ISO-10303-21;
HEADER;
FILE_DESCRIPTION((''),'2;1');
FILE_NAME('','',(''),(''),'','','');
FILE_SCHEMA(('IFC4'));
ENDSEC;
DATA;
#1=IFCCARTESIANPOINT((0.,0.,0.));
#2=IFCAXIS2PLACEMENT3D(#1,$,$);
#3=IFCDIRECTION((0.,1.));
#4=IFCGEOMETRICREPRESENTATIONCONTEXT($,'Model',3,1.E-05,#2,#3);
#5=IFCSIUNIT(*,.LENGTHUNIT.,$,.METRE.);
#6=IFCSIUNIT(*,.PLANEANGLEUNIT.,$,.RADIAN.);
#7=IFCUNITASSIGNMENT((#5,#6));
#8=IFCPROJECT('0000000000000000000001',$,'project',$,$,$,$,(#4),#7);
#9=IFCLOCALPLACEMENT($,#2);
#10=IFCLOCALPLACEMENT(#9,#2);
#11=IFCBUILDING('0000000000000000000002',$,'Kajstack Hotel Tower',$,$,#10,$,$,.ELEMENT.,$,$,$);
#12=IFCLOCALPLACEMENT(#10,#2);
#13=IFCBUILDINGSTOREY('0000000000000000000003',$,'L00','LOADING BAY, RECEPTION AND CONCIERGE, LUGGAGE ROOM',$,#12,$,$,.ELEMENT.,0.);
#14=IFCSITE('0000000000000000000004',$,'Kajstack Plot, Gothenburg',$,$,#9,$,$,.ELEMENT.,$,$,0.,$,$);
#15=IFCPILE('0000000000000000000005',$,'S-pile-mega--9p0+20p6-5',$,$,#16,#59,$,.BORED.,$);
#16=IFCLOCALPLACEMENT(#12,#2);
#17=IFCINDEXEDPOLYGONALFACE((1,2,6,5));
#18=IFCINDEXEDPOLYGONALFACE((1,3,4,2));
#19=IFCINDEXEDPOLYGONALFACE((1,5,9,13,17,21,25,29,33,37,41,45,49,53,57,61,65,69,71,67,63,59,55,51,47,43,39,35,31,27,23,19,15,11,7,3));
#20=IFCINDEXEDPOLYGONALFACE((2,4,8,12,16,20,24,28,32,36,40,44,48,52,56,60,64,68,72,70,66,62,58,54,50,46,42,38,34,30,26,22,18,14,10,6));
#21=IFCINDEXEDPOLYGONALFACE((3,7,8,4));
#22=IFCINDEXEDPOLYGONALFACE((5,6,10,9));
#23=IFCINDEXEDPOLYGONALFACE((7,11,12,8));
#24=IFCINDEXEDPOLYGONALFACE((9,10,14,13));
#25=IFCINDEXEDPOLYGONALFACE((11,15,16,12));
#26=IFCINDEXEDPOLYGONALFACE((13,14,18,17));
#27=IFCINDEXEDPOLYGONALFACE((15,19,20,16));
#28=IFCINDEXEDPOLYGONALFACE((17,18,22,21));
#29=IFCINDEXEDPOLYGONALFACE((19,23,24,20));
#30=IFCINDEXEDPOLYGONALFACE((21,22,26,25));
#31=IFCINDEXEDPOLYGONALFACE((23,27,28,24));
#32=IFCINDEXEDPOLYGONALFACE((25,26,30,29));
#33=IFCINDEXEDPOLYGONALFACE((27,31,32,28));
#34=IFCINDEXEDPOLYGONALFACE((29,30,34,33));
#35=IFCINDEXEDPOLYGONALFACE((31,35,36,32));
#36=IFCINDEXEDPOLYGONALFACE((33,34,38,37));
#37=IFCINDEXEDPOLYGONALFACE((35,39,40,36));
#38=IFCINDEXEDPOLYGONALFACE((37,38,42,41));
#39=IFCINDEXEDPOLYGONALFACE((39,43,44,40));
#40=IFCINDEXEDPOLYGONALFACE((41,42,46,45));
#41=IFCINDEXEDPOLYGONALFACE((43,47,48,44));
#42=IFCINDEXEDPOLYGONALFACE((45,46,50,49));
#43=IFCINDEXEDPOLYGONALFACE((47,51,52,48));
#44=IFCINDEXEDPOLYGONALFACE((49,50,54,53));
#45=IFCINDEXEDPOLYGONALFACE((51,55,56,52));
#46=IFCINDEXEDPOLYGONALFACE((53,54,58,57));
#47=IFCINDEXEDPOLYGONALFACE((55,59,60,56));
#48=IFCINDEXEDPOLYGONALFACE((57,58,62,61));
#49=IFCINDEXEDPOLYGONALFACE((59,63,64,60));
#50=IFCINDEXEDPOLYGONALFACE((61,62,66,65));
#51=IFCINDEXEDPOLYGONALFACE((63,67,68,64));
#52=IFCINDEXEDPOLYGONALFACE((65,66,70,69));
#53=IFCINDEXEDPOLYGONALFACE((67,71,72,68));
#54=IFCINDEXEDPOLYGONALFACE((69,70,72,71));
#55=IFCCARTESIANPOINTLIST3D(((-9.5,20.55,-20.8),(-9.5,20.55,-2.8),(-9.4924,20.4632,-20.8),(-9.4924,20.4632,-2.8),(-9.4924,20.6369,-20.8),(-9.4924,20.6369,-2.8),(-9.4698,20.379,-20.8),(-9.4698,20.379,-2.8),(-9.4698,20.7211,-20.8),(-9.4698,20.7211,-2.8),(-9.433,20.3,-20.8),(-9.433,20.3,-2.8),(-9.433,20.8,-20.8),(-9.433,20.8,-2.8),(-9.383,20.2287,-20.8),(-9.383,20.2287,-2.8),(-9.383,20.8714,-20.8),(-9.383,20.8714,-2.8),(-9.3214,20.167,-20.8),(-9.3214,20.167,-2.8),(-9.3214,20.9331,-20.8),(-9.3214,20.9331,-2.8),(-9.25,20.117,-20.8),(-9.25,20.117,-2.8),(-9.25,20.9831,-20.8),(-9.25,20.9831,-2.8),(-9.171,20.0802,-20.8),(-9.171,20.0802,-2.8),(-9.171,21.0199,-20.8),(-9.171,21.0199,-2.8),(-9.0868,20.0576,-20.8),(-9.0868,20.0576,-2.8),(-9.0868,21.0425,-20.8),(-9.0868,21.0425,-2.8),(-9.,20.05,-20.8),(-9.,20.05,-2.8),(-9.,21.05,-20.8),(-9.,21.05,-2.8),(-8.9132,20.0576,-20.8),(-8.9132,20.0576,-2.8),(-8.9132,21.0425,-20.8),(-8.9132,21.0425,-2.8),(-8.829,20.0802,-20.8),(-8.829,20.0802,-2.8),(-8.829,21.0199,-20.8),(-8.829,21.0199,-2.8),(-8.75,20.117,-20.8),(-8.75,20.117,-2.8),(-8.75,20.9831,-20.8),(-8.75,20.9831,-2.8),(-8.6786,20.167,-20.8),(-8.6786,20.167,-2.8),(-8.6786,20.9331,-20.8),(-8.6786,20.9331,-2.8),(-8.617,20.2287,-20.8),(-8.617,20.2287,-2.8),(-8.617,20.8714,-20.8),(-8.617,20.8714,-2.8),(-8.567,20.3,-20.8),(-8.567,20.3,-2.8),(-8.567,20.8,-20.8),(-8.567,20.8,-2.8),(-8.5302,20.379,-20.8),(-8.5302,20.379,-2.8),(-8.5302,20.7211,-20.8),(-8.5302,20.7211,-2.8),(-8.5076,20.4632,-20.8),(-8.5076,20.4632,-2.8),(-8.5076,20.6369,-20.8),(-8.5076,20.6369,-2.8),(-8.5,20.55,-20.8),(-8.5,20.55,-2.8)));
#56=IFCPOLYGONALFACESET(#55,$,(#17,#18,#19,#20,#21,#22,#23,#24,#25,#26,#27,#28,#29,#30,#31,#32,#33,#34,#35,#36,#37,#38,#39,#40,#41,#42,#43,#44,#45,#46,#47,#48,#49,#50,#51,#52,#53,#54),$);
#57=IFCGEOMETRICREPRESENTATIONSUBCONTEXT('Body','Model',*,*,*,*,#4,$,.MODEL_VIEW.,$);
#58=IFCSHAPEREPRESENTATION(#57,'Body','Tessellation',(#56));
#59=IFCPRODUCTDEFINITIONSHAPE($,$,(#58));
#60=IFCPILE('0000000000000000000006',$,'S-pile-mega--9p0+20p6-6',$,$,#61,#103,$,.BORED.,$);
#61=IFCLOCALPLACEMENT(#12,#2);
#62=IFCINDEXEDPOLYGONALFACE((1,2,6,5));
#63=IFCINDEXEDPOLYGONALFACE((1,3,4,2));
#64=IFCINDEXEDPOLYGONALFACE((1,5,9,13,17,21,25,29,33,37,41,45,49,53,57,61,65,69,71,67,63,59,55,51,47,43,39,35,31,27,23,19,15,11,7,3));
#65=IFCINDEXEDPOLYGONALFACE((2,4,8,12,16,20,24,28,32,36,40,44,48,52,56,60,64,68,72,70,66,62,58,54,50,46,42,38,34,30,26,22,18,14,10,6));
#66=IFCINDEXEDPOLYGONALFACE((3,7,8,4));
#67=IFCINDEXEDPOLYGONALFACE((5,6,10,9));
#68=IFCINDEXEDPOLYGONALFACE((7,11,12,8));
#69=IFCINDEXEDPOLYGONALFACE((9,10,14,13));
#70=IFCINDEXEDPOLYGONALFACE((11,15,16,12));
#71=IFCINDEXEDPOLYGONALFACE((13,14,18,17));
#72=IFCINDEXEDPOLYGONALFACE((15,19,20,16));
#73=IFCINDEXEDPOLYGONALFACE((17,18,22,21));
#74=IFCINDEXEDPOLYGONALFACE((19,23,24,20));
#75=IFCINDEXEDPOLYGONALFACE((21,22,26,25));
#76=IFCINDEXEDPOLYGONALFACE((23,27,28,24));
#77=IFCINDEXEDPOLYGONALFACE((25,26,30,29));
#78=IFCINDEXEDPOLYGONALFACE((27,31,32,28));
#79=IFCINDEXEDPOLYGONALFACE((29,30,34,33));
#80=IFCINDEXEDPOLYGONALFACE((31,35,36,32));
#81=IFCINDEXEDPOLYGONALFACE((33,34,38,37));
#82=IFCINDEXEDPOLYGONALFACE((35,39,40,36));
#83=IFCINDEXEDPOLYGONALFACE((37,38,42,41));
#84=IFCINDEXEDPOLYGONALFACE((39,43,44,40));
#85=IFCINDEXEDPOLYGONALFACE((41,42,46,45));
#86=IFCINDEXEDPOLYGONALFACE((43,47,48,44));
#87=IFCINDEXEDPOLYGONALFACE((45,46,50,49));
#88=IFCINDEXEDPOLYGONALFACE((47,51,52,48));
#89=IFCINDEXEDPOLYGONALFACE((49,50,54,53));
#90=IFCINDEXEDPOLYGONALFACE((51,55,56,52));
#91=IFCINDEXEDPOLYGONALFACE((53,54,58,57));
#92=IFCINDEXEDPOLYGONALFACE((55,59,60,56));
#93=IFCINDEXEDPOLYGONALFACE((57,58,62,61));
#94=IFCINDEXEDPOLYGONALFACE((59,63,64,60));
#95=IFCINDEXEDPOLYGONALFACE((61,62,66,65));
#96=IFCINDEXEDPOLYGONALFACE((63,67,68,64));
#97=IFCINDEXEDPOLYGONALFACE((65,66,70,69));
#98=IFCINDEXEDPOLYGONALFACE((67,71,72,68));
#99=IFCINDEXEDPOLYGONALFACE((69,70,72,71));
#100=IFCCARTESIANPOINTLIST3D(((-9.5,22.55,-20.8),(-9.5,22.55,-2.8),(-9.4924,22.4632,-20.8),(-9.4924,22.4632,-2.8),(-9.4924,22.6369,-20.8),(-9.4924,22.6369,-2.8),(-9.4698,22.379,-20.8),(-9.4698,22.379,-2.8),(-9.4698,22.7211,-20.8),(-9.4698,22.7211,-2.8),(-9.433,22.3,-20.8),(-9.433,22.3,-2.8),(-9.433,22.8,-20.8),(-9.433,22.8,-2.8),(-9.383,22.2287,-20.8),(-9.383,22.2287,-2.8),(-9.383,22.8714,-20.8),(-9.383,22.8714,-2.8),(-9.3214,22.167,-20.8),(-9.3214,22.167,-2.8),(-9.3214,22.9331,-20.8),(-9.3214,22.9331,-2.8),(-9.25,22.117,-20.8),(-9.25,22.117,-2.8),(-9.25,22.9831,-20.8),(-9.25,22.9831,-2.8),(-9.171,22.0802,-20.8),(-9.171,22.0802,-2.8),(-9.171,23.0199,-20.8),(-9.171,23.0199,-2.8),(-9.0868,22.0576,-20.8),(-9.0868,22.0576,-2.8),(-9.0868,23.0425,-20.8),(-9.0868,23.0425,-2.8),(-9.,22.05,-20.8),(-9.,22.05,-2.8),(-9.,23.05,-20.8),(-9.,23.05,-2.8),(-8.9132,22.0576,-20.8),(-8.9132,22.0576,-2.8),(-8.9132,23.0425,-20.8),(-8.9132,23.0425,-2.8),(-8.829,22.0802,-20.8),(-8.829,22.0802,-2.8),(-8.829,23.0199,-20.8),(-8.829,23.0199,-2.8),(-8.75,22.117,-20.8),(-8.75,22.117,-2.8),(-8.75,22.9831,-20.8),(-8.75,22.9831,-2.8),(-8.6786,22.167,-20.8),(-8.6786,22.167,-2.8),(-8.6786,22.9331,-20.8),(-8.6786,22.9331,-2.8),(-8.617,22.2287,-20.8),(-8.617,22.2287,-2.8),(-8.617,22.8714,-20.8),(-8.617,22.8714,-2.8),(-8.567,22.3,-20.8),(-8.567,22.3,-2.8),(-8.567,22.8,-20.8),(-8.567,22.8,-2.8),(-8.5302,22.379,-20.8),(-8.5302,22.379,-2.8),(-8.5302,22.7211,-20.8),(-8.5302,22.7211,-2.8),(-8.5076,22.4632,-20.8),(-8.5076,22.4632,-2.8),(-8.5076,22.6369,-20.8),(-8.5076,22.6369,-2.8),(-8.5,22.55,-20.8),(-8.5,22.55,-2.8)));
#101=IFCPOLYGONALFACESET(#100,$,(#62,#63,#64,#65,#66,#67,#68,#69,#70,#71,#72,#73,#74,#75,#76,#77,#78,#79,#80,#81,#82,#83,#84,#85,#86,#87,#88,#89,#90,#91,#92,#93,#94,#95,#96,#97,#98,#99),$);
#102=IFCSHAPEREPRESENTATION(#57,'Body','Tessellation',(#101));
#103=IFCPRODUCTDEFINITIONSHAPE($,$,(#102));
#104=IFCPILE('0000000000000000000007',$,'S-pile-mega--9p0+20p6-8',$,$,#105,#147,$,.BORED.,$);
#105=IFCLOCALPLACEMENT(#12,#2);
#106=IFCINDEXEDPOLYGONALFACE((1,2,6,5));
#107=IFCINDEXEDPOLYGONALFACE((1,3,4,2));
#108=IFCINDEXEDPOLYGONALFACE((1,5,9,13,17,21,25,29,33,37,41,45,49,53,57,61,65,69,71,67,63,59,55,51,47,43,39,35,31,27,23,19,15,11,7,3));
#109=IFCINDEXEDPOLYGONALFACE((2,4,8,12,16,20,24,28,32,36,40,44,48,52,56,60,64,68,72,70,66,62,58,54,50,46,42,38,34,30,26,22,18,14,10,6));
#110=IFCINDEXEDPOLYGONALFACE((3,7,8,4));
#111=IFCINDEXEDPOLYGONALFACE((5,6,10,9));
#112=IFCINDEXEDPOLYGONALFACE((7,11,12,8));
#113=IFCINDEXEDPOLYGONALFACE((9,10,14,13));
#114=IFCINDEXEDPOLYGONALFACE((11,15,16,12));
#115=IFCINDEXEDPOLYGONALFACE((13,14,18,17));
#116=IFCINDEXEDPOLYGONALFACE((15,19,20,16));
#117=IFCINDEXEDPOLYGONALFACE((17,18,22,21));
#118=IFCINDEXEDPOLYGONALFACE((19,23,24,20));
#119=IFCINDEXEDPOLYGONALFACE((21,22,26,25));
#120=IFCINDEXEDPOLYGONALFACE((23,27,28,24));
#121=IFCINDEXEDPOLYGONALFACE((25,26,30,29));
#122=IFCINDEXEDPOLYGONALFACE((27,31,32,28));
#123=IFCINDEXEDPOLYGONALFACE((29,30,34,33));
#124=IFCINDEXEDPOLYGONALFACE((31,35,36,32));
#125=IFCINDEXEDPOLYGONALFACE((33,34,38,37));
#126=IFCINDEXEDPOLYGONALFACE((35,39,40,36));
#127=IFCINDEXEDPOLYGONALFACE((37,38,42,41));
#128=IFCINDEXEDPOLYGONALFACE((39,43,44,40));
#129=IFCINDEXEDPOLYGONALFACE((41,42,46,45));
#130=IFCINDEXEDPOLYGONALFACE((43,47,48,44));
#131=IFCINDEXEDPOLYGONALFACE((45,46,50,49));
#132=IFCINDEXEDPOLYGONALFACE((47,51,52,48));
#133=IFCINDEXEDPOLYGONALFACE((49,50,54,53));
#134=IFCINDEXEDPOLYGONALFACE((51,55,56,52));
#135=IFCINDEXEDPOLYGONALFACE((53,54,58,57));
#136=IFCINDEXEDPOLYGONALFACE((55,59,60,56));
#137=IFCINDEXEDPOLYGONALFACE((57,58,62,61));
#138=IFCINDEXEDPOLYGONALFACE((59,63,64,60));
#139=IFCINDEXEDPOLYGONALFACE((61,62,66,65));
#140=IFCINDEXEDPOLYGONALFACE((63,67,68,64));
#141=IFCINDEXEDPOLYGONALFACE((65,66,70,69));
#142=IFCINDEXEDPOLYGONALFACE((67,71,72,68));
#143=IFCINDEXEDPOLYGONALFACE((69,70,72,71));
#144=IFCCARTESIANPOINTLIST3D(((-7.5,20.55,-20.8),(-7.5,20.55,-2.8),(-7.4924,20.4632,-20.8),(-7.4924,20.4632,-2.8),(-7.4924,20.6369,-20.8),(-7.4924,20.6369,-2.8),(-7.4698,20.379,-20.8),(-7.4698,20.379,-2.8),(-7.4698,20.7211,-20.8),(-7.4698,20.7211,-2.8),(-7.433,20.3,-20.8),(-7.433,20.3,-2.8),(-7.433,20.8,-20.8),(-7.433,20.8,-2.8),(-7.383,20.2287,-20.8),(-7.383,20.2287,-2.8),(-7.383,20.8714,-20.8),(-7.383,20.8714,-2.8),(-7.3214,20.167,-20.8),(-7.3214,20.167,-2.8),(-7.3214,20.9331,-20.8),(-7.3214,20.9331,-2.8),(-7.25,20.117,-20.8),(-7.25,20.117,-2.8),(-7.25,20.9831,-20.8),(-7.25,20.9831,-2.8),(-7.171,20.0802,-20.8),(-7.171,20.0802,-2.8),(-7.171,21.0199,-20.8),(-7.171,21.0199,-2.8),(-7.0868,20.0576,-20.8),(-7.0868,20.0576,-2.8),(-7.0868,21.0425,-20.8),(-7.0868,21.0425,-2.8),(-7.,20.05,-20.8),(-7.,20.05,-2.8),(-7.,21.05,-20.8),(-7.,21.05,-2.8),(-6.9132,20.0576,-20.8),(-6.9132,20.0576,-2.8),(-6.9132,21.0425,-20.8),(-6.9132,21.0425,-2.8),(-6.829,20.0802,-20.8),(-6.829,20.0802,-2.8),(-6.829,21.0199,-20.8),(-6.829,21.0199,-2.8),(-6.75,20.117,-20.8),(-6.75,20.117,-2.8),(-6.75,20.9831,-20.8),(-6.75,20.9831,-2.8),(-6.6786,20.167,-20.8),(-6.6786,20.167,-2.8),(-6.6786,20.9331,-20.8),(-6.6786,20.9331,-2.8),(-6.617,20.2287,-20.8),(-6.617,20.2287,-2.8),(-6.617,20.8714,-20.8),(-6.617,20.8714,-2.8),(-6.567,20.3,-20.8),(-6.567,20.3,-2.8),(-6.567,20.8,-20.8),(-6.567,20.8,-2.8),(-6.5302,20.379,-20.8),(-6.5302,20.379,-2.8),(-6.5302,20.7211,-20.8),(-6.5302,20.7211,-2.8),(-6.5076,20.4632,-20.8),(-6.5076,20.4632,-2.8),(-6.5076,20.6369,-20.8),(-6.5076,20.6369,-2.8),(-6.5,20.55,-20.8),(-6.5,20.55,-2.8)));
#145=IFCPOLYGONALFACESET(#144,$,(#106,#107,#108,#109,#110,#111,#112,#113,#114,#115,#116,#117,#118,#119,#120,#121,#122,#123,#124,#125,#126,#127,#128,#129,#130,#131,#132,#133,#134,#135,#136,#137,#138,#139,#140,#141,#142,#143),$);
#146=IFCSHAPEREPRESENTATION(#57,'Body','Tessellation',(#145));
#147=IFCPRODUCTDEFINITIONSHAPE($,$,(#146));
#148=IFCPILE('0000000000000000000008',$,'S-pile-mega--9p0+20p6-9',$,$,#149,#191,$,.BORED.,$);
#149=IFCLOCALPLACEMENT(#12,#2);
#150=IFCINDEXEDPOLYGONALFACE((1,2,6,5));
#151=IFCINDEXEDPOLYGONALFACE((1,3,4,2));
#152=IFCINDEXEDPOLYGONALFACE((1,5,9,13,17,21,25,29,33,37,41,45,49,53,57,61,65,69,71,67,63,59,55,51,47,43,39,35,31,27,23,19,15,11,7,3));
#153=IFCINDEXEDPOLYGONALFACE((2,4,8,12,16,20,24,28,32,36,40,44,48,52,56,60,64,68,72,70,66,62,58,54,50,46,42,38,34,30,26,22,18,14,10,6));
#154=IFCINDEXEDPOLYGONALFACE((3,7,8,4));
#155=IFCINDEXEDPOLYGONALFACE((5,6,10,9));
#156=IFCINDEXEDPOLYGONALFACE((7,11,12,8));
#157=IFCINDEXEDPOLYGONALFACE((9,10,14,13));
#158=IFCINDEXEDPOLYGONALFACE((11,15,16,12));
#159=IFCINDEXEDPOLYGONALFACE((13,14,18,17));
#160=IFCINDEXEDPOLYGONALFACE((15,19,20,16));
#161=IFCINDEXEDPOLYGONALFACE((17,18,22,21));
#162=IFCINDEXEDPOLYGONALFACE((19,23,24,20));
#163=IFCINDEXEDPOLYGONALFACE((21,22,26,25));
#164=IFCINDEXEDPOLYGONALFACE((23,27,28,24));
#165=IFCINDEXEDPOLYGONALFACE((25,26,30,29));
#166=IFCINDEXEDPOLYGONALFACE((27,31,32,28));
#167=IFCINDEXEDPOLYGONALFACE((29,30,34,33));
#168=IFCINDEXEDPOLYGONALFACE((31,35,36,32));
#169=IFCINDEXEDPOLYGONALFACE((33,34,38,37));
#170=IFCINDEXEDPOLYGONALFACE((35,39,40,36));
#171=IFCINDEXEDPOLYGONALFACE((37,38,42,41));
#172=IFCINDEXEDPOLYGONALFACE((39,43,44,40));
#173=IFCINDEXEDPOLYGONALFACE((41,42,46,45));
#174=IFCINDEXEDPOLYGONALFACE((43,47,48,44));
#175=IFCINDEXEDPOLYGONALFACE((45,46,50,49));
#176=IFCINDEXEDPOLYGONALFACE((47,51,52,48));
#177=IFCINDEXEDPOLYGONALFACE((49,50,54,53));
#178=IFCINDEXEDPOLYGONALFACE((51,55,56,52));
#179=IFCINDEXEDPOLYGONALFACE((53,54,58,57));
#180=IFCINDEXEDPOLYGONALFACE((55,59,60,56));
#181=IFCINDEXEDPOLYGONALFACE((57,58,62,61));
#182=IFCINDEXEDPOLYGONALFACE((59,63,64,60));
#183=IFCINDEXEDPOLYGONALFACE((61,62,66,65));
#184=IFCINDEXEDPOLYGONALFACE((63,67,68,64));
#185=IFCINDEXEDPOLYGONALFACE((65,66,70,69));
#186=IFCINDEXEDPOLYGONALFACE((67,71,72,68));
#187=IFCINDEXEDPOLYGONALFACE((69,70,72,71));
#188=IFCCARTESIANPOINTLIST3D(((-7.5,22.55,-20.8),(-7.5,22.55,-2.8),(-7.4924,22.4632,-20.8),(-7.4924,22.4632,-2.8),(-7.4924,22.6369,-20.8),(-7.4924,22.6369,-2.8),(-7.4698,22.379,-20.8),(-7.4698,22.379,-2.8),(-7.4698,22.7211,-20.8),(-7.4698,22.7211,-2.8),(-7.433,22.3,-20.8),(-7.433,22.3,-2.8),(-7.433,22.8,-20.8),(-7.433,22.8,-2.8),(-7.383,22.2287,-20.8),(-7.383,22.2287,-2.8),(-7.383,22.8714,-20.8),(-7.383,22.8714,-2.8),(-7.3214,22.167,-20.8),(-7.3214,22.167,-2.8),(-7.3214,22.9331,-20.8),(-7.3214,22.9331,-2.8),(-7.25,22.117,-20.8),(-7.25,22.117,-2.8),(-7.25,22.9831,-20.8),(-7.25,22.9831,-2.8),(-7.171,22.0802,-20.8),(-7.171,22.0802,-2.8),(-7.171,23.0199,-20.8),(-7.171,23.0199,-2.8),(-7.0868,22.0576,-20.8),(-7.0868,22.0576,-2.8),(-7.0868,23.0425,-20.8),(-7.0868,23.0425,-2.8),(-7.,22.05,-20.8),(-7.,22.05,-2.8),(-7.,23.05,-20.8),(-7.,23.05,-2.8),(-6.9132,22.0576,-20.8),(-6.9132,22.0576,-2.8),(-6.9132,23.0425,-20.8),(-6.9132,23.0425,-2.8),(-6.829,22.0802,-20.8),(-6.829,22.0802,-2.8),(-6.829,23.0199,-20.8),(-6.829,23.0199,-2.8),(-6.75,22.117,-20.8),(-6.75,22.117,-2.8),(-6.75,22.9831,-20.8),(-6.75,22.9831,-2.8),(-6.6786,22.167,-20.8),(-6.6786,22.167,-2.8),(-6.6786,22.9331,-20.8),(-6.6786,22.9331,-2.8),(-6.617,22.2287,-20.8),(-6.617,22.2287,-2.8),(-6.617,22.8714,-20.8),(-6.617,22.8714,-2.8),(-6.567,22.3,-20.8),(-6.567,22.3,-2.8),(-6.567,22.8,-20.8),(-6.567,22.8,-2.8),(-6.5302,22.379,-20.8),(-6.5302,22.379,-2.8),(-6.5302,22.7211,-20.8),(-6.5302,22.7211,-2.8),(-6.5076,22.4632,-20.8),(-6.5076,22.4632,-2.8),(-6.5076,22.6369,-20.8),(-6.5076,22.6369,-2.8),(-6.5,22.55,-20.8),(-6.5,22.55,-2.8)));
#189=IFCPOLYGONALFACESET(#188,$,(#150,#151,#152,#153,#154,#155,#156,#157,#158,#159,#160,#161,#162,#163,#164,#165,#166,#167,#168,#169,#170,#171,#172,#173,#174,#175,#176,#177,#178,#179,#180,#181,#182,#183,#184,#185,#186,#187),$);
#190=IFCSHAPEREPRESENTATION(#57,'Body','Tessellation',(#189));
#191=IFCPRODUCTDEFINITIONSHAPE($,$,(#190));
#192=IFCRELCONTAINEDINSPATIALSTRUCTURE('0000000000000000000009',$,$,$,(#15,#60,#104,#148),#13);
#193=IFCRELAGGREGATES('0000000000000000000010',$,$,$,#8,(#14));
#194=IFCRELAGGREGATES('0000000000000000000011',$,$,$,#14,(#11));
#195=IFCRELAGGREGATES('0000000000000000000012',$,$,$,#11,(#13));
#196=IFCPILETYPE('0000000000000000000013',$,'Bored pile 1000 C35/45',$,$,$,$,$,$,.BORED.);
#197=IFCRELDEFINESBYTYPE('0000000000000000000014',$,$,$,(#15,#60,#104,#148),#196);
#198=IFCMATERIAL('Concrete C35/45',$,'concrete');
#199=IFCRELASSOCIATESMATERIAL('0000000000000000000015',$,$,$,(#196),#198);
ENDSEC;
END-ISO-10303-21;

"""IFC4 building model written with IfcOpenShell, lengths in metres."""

from ifc_helpers import new_model, si_unit, direction, frame, origin, origin_2d, place, context, subcontext, project, spatial, circle, extrude, material, material_profile, profile_set, type_object, element, save


model = new_model("IFC4")

# Units and contexts
model_context = context("Model", 3, precision=1e-05, world=origin(), true_north=direction((0.0, 1.0)))
body_context = subcontext(model_context, "Body", "Model", "MODEL_VIEW")
ifc_project = project(units=[si_unit("LENGTHUNIT", "METRE"), si_unit("PLANEANGLEUNIT", "RADIAN")], contexts=[model_context])

# Site, building, storey
site_placement = place(None, origin())
site = spatial("IfcSite", under=ifc_project, at=site_placement, Name="Kajstack Plot, Gothenburg", CompositionType="ELEMENT", RefElevation=0.0)
building_placement = place(site_placement, origin())
building = spatial("IfcBuilding", under=site, at=building_placement, Name="Kajstack Hotel Tower", CompositionType="ELEMENT")
storey_placement = place(building_placement, origin())
storey = spatial("IfcBuildingStorey", under=building, at=storey_placement, Name="L00", Description="LOADING BAY, RECEPTION AND CONCIERGE, LUGGAGE ROOM", CompositionType="ELEMENT", Elevation=0.0)

# Piles
ifc_material_1 = material(Name="Concrete C35/45", Category="concrete")
ifc_material_profile_1 = material_profile(ifc_material_1, circle(Radius=0.5, at=origin_2d()), Name="RC round 1000")
ifc_profile_set_1 = profile_set([ifc_material_profile_1], Name="Concrete C35/45")
pile_type = type_object("IfcPileType", Name="Bored pile 1000 C35/45", PredefinedType="BORED", material=ifc_profile_set_1)
for number, where, z_axis, x_axis, name in (
    (1, (-9.0, 20.55, -2.8), (0.0, 0.0, -1.0), (1.0, 0.0, 0.0), "S-pile-mega--9p0+20p6-5"),
    (2, (-9.0, 22.55, -2.8), (0.0, 0.0, -1.0), (1.0, 0.0, 0.0), "S-pile-mega--9p0+20p6-6"),
    (3, (-7.0, 20.55, -2.8), (0.0, 0.0, -1.0), (1.0, 0.0, 0.0), "S-pile-mega--9p0+20p6-8"),
    (4, (-7.0, 22.55, -2.8), (0.0, 0.0, -1.0), (1.0, 0.0, 0.0), "S-pile-mega--9p0+20p6-9"),
):
    element("IfcPile", number, at=place(storey_placement, frame(where, z_axis=z_axis, x_axis=x_axis)), inside=storey, type_object=pile_type, Name=name, PredefinedType="BORED", context=body_context, shape_type="SweptSolid", body=[
        extrude(circle(Radius=0.5, at=origin_2d()), origin(), (0.0, 0.0, 1.0), 18.0),
    ])

save(model, "model.ifc")
